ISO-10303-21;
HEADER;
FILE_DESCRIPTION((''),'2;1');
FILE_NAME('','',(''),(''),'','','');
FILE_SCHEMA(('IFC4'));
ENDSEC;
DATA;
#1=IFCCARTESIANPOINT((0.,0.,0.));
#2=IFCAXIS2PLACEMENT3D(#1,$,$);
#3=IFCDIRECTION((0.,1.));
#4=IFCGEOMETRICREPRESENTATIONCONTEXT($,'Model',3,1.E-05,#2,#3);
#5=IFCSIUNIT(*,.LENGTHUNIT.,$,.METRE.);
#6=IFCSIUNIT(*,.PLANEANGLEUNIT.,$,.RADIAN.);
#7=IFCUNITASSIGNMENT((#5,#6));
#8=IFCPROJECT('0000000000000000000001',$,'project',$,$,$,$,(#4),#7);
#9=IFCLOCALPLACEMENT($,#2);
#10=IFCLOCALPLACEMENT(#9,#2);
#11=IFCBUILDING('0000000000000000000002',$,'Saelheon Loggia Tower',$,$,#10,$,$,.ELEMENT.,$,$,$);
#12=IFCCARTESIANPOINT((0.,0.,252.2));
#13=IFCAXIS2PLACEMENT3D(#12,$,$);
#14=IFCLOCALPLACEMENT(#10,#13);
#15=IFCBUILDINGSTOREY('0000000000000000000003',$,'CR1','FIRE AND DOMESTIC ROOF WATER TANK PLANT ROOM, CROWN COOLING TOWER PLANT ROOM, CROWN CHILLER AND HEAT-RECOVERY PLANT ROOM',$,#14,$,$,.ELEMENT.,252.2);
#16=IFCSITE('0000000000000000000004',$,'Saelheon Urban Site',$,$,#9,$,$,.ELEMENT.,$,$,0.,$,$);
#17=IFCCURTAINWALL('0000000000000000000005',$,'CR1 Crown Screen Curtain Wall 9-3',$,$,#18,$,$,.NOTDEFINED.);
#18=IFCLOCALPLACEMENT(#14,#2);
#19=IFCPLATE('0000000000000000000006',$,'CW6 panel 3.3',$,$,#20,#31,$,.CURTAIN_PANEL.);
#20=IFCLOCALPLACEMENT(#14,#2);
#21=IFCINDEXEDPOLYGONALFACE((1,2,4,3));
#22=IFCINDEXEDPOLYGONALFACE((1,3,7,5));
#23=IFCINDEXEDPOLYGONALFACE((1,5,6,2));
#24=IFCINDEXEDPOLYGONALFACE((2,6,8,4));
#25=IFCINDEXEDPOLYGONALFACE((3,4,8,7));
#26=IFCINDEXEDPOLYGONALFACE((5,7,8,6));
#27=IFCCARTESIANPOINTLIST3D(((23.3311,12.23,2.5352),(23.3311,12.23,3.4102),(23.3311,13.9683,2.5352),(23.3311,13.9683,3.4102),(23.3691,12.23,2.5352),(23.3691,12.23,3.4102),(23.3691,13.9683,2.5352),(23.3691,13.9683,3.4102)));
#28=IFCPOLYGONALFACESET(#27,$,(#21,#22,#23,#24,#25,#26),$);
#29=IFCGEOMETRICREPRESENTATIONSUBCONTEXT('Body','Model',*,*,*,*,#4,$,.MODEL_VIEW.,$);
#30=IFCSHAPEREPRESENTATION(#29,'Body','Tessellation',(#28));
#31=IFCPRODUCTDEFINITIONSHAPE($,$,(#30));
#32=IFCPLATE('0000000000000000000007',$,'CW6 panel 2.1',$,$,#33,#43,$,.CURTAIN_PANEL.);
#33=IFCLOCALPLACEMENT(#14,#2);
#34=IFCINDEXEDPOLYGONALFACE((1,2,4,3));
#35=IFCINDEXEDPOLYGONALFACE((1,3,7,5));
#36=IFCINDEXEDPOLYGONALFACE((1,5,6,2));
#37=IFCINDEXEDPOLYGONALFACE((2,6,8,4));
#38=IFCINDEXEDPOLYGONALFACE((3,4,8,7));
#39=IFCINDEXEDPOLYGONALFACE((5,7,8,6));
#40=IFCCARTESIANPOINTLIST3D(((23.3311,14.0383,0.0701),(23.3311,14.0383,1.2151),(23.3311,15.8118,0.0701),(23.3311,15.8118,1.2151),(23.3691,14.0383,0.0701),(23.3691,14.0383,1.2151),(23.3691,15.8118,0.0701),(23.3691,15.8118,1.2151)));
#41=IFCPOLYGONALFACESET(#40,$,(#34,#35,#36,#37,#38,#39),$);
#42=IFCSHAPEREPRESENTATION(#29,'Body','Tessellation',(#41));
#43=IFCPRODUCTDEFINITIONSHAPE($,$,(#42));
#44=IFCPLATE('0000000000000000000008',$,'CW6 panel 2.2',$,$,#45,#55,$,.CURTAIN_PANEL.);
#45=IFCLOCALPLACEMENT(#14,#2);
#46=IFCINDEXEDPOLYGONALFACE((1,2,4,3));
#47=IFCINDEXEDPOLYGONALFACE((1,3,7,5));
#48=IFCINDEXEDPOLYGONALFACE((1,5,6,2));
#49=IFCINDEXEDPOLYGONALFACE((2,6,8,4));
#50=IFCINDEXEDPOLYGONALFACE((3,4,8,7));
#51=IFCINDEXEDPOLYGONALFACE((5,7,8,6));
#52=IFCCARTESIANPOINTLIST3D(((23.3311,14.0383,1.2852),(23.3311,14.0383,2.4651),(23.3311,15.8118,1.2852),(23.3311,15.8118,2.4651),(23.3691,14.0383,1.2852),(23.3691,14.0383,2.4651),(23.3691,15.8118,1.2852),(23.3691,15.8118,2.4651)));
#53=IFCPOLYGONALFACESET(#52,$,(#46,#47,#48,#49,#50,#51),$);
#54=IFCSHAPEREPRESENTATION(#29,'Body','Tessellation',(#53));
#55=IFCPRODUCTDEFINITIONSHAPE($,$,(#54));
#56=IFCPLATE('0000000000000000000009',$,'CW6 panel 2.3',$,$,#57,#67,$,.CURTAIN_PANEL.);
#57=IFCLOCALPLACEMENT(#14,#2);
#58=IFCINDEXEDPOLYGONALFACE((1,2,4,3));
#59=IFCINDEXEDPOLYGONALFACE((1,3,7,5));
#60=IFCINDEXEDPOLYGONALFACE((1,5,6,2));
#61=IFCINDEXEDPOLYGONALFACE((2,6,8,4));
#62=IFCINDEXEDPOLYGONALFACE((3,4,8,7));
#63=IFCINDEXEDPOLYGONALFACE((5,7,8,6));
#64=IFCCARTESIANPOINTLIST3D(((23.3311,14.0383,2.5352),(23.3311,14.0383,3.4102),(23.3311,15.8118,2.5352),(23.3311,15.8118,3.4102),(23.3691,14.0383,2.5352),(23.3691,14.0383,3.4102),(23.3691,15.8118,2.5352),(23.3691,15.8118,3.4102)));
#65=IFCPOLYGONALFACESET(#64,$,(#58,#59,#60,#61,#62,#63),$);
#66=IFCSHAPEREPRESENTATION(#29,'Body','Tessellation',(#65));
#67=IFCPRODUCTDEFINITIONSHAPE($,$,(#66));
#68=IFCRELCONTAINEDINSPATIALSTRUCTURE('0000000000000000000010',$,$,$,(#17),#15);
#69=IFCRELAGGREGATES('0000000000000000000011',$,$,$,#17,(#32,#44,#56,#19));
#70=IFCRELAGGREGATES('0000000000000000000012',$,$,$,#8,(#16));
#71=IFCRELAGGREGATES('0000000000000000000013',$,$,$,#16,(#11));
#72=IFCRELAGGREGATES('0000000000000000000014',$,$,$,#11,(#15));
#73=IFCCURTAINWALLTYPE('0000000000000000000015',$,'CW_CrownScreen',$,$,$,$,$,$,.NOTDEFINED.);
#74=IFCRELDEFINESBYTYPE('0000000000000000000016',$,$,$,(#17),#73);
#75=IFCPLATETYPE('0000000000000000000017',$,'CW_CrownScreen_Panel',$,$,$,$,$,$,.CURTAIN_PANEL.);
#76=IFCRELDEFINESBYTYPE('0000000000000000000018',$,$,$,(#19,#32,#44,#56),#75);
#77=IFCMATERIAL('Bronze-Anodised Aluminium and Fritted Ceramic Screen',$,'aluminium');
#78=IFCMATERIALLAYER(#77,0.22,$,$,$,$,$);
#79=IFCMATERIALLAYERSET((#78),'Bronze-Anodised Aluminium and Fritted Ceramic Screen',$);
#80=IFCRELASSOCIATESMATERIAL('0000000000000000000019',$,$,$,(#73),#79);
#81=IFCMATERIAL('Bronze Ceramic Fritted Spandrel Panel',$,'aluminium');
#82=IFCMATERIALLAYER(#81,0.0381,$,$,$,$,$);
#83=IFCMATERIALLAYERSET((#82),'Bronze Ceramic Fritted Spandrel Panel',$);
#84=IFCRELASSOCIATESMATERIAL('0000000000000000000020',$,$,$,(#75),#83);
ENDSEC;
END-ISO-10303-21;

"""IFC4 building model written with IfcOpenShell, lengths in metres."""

from ifc_helpers import new_model, si_unit, direction, frame, origin, origin_2d, place, context, subcontext, project, spatial, rectangle, extrude, source, transform, mapped, material, layer, layer_set, type_object, element, aggregate, save


model = new_model("IFC4")

# Units and contexts
model_context = context("Model", 3, precision=1e-05, world=origin(), true_north=direction((0.0, 1.0)))
body_context = subcontext(model_context, "Body", "Model", "MODEL_VIEW")
ifc_project = project(units=[si_unit("LENGTHUNIT", "METRE"), si_unit("PLANEANGLEUNIT", "RADIAN")], contexts=[model_context])

# Site, building, storey
site_placement = place(None, origin())
site = spatial("IfcSite", under=ifc_project, at=site_placement, Name="Saelheon Urban Site", CompositionType="ELEMENT", RefElevation=0.0)
building_placement = place(site_placement, origin())
building = spatial("IfcBuilding", under=site, at=building_placement, Name="Saelheon Loggia Tower", CompositionType="ELEMENT")
storey_placement = place(building_placement, frame((0.0, 0.0, 252.2)))
storey = spatial("IfcBuildingStorey", under=building, at=storey_placement, Name="CR1", Description="FIRE AND DOMESTIC ROOF WATER TANK PLANT ROOM, CROWN COOLING TOWER PLANT ROOM, CROWN CHILLER AND HEAT-RECOVERY PLANT ROOM", CompositionType="ELEMENT", Elevation=252.2)

# Curtain wall
ifc_material_1 = material(Name="Bronze-Anodised Aluminium and Fritted Ceramic Screen", Category="aluminium")
ifc_layer_1 = layer(ifc_material_1, 0.22)
ifc_layer_set_1 = layer_set([ifc_layer_1], Name="Bronze-Anodised Aluminium and Fritted Ceramic Screen")
curtain_wall_type = type_object("IfcCurtainWallType", Name="CW_CrownScreen", PredefinedType="NOTDEFINED", material=ifc_layer_set_1)
curtain_wall_placement = place(storey_placement, origin())
curtain_wall = element("IfcCurtainWall", 1, at=curtain_wall_placement, inside=storey, type_object=curtain_wall_type, Name="CR1 Crown Screen Curtain Wall 9-3", PredefinedType="NOTDEFINED")

# Plates
ifc_material_2 = material(Name="Bronze Ceramic Fritted Spandrel Panel", Category="aluminium")
ifc_layer_2 = layer(ifc_material_2, 0.0381)
ifc_layer_set_2 = layer_set([ifc_layer_2], Name="Bronze Ceramic Fritted Spandrel Panel")
plate_type_1 = type_object("IfcPlateType", Name="CW_CrownScreen_Panel", PredefinedType="CURTAIN_PANEL", material=ifc_layer_set_2)
shared_shape_1 = source(origin(), body_context, "Body", "SweptSolid", [
    extrude(rectangle(XDim=1.7383, YDim=0.0381, at=origin_2d()), origin(), (0.0, 0.0, 1.0), 0.875),
])
plate_1_placement = place(storey_placement, frame((23.3501, 13.0991, 2.5352), z_axis=(0.0, 0.0, 1.0), x_axis=(0.0, -1.0, 0.0)))
plate_1 = element("IfcPlate", 2, at=plate_1_placement, type_object=plate_type_1, Name="CW6 panel 3.3", PredefinedType="CURTAIN_PANEL", context=body_context, shape_type="MappedRepresentation", body=[
    mapped(shared_shape_1, transform((0.0, 0.0, 0.0), scale=1.0)),
])
shared_shape_2 = source(origin(), body_context, "Body", "SweptSolid", [
    extrude(rectangle(XDim=1.7734, YDim=0.0381, at=origin_2d()), origin(), (0.0, 0.0, 1.0), 1.145),
])
plate_2_placement = place(storey_placement, frame((23.3501, 14.925, 0.0701), z_axis=(0.0, 0.0, 1.0), x_axis=(0.0, -1.0, 0.0)))
plate_2 = element("IfcPlate", 3, at=plate_2_placement, type_object=plate_type_1, Name="CW6 panel 2.1", PredefinedType="CURTAIN_PANEL", context=body_context, shape_type="MappedRepresentation", body=[
    mapped(shared_shape_2, transform((0.0, 0.0, 0.0), scale=1.0)),
])
shared_shape_3 = source(origin(), body_context, "Body", "SweptSolid", [
    extrude(rectangle(XDim=1.7734, YDim=0.0381, at=origin_2d()), origin(), (0.0, 0.0, 1.0), 1.1799),
])
plate_3_placement = place(storey_placement, frame((23.3501, 14.925, 1.2852), z_axis=(0.0, 0.0, 1.0), x_axis=(0.0, -1.0, 0.0)))
plate_3 = element("IfcPlate", 4, at=plate_3_placement, type_object=plate_type_1, Name="CW6 panel 2.2", PredefinedType="CURTAIN_PANEL", context=body_context, shape_type="MappedRepresentation", body=[
    mapped(shared_shape_3, transform((0.0, 0.0, 0.0), scale=1.0)),
])
shared_shape_4 = source(origin(), body_context, "Body", "SweptSolid", [
    extrude(rectangle(XDim=1.7734, YDim=0.0381, at=origin_2d()), origin(), (0.0, 0.0, 1.0), 0.875),
])
plate_4_placement = place(storey_placement, frame((23.3501, 14.925, 2.5352), z_axis=(0.0, 0.0, 1.0), x_axis=(0.0, -1.0, 0.0)))
plate_4 = element("IfcPlate", 5, at=plate_4_placement, type_object=plate_type_1, Name="CW6 panel 2.3", PredefinedType="CURTAIN_PANEL", context=body_context, shape_type="MappedRepresentation", body=[
    mapped(shared_shape_4, transform((0.0, 0.0, 0.0), scale=1.0)),
])
aggregate(curtain_wall, [plate_2, plate_3, plate_4, plate_1])

save(model, "model.ifc")
